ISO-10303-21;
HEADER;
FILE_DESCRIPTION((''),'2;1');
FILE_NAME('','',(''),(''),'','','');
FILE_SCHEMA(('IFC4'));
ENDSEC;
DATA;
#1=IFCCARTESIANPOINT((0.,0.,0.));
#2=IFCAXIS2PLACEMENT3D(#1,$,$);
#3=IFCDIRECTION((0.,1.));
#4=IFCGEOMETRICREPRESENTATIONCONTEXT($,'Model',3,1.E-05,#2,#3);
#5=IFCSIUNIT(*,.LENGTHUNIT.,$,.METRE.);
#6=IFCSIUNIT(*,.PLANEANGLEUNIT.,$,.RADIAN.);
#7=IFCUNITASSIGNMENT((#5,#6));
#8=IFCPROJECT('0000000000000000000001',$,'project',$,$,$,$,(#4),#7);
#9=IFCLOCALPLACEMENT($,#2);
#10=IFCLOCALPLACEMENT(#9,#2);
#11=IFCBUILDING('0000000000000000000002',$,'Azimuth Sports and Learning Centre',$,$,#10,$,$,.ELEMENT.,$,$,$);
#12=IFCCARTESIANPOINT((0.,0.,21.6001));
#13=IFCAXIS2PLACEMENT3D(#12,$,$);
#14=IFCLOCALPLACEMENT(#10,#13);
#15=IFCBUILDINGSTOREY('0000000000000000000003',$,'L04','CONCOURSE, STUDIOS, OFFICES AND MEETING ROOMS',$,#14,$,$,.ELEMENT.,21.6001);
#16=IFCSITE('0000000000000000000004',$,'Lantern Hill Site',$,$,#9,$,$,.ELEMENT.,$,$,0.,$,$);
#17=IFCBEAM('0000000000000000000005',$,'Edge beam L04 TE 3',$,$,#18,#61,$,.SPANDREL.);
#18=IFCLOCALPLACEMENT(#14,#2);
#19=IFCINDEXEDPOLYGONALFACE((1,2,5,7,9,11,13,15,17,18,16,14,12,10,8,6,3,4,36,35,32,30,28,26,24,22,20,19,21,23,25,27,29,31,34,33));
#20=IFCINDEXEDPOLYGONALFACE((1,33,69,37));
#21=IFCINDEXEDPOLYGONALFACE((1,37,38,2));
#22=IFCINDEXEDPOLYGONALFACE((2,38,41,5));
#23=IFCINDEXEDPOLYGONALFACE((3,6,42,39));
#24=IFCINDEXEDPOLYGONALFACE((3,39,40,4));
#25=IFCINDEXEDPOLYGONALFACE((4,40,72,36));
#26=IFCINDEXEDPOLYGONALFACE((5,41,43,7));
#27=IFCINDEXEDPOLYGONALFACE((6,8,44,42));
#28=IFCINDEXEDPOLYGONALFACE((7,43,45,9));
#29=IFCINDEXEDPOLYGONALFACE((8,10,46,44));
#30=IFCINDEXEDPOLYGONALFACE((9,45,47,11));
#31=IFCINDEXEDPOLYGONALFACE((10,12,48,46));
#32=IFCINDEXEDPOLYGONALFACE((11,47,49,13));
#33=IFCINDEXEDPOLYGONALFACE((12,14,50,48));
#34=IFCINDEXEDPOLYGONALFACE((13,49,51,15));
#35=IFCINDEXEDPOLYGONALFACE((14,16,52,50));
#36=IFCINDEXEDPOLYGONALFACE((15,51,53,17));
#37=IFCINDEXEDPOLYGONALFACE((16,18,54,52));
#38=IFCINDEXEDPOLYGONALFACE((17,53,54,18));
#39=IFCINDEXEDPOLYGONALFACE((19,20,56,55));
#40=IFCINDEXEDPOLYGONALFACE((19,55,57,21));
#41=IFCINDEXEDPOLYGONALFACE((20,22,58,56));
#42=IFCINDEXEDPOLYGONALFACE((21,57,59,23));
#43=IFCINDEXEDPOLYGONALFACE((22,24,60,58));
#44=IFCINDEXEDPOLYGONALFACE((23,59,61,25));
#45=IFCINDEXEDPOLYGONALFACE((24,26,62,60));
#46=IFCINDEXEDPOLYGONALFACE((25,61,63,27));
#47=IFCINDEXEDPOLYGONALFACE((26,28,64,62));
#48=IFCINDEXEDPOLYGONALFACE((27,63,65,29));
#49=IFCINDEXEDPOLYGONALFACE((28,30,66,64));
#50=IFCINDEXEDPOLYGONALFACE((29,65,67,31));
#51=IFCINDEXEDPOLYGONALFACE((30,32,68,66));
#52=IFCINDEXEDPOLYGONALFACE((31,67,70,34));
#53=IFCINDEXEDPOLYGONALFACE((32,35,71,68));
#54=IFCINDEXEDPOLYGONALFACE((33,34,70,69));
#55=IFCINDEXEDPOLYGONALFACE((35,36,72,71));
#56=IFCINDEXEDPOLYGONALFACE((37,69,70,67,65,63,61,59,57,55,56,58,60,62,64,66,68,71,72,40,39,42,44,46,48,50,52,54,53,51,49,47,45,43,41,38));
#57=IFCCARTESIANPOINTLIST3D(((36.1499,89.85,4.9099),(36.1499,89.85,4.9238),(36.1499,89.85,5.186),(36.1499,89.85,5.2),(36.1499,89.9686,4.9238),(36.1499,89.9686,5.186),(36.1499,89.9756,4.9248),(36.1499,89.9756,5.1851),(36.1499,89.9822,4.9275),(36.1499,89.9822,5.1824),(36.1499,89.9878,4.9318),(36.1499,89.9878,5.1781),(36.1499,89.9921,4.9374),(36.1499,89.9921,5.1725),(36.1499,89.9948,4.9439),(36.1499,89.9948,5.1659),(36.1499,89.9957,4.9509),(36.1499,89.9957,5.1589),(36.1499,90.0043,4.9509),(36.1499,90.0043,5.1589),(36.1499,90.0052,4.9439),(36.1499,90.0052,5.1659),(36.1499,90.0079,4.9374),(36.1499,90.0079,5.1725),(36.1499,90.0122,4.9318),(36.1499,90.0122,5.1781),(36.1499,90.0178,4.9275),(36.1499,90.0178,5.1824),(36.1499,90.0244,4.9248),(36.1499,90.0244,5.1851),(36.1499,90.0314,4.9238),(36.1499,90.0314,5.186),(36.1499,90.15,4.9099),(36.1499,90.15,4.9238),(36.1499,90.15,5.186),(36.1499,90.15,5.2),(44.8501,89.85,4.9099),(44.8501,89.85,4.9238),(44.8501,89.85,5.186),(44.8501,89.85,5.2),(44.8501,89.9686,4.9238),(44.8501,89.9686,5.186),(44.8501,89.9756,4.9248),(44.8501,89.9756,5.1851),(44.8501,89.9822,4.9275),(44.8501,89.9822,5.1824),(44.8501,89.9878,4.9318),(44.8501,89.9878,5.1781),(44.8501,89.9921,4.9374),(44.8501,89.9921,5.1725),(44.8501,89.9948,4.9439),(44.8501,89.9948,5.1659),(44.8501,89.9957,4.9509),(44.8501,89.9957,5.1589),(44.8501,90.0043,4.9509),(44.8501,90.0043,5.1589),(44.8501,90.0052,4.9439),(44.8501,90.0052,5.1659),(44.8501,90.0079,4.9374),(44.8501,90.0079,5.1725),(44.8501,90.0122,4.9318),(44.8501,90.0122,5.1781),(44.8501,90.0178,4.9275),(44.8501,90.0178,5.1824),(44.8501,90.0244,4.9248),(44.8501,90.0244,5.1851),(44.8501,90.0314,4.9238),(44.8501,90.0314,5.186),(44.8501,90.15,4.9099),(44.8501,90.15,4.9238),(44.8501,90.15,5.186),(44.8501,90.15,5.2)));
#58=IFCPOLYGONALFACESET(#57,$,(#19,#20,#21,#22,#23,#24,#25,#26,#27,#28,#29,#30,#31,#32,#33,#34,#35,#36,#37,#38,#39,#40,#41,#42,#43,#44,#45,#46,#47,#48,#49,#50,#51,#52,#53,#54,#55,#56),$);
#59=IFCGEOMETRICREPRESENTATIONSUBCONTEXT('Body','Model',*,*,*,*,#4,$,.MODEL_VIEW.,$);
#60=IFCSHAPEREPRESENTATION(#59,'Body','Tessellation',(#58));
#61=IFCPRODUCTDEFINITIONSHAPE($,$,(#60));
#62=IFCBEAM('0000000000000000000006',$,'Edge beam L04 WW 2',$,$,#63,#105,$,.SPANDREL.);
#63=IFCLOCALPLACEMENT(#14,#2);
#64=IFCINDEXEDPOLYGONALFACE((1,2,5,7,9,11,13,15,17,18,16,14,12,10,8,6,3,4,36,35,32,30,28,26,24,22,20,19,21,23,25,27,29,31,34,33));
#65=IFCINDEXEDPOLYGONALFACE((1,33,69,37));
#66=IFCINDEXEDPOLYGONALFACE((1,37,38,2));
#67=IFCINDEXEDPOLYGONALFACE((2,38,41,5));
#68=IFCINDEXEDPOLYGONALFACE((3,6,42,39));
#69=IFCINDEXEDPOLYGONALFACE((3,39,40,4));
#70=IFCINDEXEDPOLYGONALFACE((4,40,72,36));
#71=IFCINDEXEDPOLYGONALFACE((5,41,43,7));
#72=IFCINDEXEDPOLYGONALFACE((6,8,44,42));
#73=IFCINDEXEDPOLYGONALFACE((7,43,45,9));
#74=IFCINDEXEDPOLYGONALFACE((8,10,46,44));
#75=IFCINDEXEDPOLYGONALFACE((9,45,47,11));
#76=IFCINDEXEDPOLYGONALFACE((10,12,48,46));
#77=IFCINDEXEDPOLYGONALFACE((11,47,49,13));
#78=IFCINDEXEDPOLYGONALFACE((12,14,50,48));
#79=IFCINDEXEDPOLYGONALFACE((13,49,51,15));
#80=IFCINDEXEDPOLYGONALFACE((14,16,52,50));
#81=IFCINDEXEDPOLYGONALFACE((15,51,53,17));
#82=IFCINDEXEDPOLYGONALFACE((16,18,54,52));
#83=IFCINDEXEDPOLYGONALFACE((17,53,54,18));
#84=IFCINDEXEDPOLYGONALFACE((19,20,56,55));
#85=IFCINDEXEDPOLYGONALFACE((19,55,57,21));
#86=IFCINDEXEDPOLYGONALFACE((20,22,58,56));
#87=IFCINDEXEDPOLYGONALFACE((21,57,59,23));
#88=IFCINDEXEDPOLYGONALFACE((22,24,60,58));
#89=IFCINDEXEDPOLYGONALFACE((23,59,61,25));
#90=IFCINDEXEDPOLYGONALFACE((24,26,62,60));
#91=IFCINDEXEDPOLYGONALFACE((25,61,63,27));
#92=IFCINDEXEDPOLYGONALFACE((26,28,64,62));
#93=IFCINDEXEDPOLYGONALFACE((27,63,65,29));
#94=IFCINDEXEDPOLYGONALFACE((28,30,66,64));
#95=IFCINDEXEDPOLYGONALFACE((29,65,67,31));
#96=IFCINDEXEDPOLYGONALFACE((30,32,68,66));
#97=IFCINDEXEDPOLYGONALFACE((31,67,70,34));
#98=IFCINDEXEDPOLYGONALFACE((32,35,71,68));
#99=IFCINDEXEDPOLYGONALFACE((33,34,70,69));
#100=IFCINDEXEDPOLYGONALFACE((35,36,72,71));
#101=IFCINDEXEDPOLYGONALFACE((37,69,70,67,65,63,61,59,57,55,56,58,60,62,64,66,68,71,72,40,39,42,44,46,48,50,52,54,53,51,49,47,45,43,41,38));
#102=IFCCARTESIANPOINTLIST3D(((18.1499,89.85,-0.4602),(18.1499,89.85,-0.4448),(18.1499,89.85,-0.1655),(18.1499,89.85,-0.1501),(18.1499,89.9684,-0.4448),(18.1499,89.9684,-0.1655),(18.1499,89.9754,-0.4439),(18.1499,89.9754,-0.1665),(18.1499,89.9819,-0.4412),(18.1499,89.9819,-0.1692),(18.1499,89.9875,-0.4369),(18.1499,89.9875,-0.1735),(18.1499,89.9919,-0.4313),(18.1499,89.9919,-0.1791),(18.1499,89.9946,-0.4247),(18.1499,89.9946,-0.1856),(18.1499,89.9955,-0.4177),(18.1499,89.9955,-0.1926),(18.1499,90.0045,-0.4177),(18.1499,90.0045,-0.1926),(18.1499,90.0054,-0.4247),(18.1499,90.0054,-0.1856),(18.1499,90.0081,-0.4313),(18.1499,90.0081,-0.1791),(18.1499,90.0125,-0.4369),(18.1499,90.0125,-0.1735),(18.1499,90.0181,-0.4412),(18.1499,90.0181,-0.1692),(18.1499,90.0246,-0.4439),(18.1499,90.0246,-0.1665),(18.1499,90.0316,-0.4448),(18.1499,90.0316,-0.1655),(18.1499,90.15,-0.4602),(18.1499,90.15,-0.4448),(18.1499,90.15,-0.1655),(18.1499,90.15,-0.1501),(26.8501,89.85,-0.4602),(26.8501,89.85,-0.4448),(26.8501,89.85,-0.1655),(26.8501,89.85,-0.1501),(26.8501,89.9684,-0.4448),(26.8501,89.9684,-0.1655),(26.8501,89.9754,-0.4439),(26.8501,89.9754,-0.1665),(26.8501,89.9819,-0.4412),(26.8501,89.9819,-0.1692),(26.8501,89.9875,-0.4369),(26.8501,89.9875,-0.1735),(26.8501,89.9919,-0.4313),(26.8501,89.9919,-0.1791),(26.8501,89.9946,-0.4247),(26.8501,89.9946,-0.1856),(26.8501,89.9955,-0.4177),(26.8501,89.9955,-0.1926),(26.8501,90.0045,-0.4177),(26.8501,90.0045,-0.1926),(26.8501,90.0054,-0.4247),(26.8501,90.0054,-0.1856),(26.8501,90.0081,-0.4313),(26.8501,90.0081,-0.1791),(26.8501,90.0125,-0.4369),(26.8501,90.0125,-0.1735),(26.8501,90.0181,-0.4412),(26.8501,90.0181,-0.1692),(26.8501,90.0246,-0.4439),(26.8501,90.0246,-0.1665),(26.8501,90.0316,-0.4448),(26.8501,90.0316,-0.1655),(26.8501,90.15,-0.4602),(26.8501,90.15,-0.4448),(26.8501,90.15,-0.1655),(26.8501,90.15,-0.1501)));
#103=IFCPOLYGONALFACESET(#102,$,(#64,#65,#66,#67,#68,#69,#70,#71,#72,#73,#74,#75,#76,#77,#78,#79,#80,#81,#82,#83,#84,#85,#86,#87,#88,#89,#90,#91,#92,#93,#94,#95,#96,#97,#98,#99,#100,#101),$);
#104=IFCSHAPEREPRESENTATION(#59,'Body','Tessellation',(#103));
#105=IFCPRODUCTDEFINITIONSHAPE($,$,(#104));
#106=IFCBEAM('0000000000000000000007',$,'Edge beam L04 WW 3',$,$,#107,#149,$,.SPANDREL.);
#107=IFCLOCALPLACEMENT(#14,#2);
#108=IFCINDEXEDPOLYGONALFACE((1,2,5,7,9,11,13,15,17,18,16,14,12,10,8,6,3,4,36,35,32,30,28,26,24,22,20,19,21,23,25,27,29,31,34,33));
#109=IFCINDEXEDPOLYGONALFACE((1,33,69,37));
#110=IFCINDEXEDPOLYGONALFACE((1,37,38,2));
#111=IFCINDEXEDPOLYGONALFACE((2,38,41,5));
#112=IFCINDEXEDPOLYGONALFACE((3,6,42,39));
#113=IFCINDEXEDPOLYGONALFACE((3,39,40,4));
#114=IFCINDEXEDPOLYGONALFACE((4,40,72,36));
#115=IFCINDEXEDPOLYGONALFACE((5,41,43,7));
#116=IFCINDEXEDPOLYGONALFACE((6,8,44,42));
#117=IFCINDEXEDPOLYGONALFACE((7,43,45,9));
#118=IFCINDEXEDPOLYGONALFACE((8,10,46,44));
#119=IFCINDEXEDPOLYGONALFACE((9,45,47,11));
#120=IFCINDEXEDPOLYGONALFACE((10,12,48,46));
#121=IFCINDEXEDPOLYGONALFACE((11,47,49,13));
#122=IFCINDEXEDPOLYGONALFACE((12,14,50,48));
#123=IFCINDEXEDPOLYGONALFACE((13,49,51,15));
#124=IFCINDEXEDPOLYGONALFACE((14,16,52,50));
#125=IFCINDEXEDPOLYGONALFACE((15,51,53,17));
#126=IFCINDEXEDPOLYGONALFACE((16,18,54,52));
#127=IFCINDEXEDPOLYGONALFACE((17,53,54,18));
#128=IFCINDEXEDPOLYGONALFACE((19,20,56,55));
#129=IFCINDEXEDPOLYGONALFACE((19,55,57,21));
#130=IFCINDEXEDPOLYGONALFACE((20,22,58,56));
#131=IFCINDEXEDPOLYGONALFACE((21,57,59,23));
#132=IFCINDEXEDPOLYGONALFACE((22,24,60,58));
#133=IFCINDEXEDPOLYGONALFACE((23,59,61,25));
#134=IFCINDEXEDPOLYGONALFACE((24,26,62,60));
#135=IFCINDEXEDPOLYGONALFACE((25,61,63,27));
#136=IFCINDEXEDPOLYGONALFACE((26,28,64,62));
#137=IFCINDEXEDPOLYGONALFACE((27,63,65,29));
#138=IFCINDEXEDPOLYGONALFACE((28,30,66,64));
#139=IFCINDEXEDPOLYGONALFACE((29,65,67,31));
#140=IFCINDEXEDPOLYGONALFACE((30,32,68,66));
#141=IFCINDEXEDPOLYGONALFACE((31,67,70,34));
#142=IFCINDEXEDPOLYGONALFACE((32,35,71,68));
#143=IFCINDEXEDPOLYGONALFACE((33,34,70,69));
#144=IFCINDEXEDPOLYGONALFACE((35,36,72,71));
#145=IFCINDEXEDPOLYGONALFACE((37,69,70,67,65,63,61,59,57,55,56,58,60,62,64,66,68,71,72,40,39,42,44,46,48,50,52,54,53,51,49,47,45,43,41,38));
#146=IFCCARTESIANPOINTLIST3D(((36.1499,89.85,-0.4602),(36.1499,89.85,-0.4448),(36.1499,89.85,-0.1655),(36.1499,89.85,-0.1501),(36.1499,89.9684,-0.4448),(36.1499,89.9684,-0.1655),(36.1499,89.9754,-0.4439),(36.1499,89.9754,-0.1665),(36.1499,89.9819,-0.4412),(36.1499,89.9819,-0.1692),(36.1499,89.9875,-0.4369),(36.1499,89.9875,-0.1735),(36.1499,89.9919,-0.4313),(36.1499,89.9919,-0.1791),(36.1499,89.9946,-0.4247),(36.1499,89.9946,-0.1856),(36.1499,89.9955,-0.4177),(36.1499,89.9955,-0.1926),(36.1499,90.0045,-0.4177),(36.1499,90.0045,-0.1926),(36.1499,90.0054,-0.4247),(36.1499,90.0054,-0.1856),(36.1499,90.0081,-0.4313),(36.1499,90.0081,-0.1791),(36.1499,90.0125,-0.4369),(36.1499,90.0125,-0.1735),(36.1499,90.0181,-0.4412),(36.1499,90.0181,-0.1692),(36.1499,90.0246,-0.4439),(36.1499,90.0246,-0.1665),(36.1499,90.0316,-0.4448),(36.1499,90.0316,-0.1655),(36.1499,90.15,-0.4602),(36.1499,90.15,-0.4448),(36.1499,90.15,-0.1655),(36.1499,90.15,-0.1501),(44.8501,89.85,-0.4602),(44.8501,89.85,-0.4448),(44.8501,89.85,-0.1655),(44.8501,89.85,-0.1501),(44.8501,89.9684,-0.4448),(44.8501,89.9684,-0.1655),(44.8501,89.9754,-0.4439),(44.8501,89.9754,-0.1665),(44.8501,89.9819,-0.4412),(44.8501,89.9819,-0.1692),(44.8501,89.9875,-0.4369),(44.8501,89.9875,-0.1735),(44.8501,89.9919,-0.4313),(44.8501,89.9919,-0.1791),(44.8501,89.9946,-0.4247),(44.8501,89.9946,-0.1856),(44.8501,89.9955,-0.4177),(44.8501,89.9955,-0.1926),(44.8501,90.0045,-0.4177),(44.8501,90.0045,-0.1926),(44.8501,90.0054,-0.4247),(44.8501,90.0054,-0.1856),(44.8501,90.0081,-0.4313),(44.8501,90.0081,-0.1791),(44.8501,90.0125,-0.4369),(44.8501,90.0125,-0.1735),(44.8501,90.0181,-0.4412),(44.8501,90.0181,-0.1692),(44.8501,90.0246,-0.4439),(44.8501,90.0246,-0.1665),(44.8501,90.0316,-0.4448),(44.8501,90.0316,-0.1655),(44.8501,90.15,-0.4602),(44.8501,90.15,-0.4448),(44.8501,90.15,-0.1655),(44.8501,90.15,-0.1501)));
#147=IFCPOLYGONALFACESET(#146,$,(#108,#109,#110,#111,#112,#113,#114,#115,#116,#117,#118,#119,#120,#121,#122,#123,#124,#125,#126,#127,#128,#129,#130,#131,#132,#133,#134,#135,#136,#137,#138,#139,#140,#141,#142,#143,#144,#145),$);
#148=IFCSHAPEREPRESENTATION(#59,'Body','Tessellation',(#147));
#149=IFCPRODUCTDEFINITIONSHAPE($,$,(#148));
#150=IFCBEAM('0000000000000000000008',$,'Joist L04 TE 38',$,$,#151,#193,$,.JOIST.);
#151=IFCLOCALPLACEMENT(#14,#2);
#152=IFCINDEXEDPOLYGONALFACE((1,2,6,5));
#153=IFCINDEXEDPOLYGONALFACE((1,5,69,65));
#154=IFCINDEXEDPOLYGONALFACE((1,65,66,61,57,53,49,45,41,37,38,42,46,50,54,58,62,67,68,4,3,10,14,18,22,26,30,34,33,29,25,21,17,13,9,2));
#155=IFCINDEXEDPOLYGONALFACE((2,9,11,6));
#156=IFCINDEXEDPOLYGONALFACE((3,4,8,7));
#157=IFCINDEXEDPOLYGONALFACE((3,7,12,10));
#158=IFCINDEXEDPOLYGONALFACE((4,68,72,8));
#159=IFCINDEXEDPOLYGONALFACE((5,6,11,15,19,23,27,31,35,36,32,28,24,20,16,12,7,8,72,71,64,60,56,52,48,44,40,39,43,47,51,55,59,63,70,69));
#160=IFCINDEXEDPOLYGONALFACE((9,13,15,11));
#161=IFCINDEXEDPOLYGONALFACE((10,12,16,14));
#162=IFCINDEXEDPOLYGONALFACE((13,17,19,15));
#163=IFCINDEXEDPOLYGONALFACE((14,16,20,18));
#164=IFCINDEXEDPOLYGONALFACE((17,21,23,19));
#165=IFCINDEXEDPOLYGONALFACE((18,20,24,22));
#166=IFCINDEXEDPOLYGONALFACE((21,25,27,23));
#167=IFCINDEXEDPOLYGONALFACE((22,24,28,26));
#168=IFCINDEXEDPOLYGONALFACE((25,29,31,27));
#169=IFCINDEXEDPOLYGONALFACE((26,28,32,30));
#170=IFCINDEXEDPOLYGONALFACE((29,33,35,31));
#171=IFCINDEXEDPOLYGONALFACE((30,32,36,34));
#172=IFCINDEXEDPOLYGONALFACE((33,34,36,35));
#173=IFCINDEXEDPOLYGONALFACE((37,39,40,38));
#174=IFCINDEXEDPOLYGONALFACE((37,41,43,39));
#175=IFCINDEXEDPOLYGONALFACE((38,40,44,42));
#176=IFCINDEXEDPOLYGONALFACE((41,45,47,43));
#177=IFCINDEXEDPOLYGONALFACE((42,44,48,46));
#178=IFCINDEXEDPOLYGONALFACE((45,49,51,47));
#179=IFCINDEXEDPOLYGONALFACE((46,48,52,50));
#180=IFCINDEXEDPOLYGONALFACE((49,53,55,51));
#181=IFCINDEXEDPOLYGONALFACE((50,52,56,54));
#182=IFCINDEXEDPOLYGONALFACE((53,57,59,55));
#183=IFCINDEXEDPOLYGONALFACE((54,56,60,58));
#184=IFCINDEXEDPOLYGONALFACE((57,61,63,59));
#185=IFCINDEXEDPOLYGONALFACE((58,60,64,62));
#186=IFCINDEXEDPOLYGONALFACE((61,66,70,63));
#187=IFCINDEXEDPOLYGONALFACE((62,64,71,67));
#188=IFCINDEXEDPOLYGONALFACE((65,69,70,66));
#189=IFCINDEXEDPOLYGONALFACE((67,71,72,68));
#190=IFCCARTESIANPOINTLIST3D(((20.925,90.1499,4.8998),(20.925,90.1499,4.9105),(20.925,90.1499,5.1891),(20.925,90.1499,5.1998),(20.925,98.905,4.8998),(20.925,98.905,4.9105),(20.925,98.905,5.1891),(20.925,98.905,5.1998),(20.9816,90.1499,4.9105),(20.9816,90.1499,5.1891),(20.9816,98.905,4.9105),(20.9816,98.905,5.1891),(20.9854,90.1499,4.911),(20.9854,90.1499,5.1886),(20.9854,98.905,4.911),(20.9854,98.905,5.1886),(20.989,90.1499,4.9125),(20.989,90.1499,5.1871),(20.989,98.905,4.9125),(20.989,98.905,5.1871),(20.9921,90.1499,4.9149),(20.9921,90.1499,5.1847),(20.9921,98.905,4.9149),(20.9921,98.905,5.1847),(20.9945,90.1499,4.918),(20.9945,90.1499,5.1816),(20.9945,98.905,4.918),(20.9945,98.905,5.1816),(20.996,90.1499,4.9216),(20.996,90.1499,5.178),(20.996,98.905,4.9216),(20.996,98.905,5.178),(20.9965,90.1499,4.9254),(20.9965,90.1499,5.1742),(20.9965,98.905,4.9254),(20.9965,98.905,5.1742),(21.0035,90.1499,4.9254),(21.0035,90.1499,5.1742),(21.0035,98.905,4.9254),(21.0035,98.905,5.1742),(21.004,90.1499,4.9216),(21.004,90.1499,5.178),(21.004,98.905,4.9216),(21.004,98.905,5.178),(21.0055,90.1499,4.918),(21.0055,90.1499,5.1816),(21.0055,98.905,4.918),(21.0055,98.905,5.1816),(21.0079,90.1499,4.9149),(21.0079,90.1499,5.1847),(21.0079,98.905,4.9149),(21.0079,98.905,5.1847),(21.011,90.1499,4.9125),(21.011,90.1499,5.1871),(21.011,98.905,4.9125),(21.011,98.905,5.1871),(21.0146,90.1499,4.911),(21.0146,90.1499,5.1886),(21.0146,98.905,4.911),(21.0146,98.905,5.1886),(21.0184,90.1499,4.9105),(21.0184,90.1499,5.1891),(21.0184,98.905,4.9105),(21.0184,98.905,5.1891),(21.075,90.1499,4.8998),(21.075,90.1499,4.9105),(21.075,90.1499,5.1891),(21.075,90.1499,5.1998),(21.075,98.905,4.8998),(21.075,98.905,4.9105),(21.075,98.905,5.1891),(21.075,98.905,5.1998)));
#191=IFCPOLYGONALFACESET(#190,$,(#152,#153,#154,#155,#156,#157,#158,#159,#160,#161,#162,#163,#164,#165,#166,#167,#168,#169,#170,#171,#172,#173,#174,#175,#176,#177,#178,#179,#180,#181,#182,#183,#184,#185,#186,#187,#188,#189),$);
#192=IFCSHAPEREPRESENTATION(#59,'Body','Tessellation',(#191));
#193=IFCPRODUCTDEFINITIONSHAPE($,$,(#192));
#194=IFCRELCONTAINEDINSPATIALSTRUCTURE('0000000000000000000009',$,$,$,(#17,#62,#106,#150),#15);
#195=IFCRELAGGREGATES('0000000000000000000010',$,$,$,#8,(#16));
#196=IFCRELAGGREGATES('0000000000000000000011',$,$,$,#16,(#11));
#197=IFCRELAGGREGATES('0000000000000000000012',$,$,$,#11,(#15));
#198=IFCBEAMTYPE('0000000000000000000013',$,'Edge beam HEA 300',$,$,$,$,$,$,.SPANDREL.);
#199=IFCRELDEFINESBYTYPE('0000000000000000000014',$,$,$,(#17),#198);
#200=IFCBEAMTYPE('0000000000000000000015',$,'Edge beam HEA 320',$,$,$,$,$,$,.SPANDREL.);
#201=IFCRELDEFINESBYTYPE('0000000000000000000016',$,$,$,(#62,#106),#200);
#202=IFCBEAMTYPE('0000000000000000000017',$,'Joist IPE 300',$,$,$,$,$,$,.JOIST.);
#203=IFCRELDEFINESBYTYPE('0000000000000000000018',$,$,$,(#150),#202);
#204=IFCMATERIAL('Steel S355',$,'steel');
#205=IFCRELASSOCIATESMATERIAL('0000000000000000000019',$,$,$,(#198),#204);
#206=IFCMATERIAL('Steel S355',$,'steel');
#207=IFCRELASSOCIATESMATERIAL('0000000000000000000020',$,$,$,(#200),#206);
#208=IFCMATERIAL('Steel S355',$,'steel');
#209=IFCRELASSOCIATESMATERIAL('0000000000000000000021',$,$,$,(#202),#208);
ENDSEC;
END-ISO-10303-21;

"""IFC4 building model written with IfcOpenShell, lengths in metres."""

from ifc_helpers import new_model, si_unit, direction, frame, origin, origin_2d, place, context, subcontext, project, spatial, i_section, extrude, material, material_profile, profile_set, type_object, element, save


model = new_model("IFC4")

# Units and contexts
model_context = context("Model", 3, precision=1e-05, world=origin(), true_north=direction((0.0, 1.0)))
body_context = subcontext(model_context, "Body", "Model", "MODEL_VIEW")
ifc_project = project(units=[si_unit("LENGTHUNIT", "METRE"), si_unit("PLANEANGLEUNIT", "RADIAN")], contexts=[model_context])

# Site, building, storey
site_placement = place(None, origin())
site = spatial("IfcSite", under=ifc_project, at=site_placement, Name="Lantern Hill Site", CompositionType="ELEMENT", RefElevation=0.0)
building_placement = place(site_placement, origin())
building = spatial("IfcBuilding", under=site, at=building_placement, Name="Azimuth Sports and Learning Centre", CompositionType="ELEMENT")
storey_placement = place(building_placement, frame((0.0, 0.0, 21.6001)))
storey = spatial("IfcBuildingStorey", under=building, at=storey_placement, Name="L04", Description="CONCOURSE, STUDIOS, OFFICES AND MEETING ROOMS", CompositionType="ELEMENT", Elevation=21.6001)

# Beams
ifc_material_1 = material(Name="Steel S355", Category="steel")
ifc_material_profile_1 = material_profile(ifc_material_1, i_section(OverallWidth=0.3, OverallDepth=0.29, WebThickness=0.0085, FlangeThickness=0.0139, FilletRadius=0.0271, at=origin_2d()), Name="HEA 300")
ifc_profile_set_1 = profile_set([ifc_material_profile_1], Name="Steel S355")
beam_type_1 = type_object("IfcBeamType", Name="Edge beam HEA 300", PredefinedType="SPANDREL", material=ifc_profile_set_1)
for number, where, z_axis, x_axis, name in (
    (1, (36.1499, 90.0, 5.0549), (1.0, 0.0, 0.0), (0.0, 1.0, 0.0), "Edge beam L04 TE 3"),
):
    element("IfcBeam", number, at=place(storey_placement, frame(where, z_axis=z_axis, x_axis=x_axis)), inside=storey, type_object=beam_type_1, Name=name, PredefinedType="SPANDREL", context=body_context, shape_type="SweptSolid", body=[
        extrude(i_section(OverallWidth=0.3, OverallDepth=0.29, WebThickness=0.0085, FlangeThickness=0.0139, FilletRadius=0.0271, at=origin_2d()), origin(), (0.0, 0.0, 1.0), 8.7002),
    ])
ifc_material_2 = material(Name="Steel S355", Category="steel")
ifc_material_profile_2 = material_profile(ifc_material_2, i_section(OverallWidth=0.3, OverallDepth=0.3101, WebThickness=0.009, FlangeThickness=0.0154, FilletRadius=0.0271, at=origin_2d()), Name="HEA 320")
ifc_profile_set_2 = profile_set([ifc_material_profile_2], Name="Steel S355")
beam_type_2 = type_object("IfcBeamType", Name="Edge beam HEA 320", PredefinedType="SPANDREL", material=ifc_profile_set_2)
for number, where, z_axis, x_axis, name in (
    (2, (18.1499, 90.0, -0.3052), (1.0, 0.0, 0.0), (0.0, 1.0, 0.0), "Edge beam L04 WW 2"),
    (3, (36.1499, 90.0, -0.3052), (1.0, 0.0, 0.0), (0.0, 1.0, 0.0), "Edge beam L04 WW 3"),
):
    element("IfcBeam", number, at=place(storey_placement, frame(where, z_axis=z_axis, x_axis=x_axis)), inside=storey, type_object=beam_type_2, Name=name, PredefinedType="SPANDREL", context=body_context, shape_type="SweptSolid", body=[
        extrude(i_section(OverallWidth=0.3, OverallDepth=0.3101, WebThickness=0.009, FlangeThickness=0.0154, FilletRadius=0.0271, at=origin_2d()), origin(), (0.0, 0.0, 1.0), 8.7002),
    ])
ifc_material_3 = material(Name="Steel S355", Category="steel")
ifc_material_profile_3 = material_profile(ifc_material_3, i_section(OverallWidth=0.1499, OverallDepth=0.3, WebThickness=0.0071, FlangeThickness=0.0107, FilletRadius=0.0149, at=origin_2d()), Name="IPE 300")
ifc_profile_set_3 = profile_set([ifc_material_profile_3], Name="Steel S355")
beam_type_3 = type_object("IfcBeamType", Name="Joist IPE 300", PredefinedType="JOIST", material=ifc_profile_set_3)
for number, where, z_axis, x_axis, name in (
    (4, (21.0, 90.1499, 5.0498), (0.0, 1.0, 0.0), (-1.0, 0.0, 0.0), "Joist L04 TE 38"),
):
    element("IfcBeam", number, at=place(storey_placement, frame(where, z_axis=z_axis, x_axis=x_axis)), inside=storey, type_object=beam_type_3, Name=name, PredefinedType="JOIST", context=body_context, shape_type="SweptSolid", body=[
        extrude(i_section(OverallWidth=0.1499, OverallDepth=0.3, WebThickness=0.0071, FlangeThickness=0.0107, FilletRadius=0.0149, at=origin_2d()), origin(), (0.0, 0.0, 1.0), 8.7551),
    ])

save(model, "model.ifc")
